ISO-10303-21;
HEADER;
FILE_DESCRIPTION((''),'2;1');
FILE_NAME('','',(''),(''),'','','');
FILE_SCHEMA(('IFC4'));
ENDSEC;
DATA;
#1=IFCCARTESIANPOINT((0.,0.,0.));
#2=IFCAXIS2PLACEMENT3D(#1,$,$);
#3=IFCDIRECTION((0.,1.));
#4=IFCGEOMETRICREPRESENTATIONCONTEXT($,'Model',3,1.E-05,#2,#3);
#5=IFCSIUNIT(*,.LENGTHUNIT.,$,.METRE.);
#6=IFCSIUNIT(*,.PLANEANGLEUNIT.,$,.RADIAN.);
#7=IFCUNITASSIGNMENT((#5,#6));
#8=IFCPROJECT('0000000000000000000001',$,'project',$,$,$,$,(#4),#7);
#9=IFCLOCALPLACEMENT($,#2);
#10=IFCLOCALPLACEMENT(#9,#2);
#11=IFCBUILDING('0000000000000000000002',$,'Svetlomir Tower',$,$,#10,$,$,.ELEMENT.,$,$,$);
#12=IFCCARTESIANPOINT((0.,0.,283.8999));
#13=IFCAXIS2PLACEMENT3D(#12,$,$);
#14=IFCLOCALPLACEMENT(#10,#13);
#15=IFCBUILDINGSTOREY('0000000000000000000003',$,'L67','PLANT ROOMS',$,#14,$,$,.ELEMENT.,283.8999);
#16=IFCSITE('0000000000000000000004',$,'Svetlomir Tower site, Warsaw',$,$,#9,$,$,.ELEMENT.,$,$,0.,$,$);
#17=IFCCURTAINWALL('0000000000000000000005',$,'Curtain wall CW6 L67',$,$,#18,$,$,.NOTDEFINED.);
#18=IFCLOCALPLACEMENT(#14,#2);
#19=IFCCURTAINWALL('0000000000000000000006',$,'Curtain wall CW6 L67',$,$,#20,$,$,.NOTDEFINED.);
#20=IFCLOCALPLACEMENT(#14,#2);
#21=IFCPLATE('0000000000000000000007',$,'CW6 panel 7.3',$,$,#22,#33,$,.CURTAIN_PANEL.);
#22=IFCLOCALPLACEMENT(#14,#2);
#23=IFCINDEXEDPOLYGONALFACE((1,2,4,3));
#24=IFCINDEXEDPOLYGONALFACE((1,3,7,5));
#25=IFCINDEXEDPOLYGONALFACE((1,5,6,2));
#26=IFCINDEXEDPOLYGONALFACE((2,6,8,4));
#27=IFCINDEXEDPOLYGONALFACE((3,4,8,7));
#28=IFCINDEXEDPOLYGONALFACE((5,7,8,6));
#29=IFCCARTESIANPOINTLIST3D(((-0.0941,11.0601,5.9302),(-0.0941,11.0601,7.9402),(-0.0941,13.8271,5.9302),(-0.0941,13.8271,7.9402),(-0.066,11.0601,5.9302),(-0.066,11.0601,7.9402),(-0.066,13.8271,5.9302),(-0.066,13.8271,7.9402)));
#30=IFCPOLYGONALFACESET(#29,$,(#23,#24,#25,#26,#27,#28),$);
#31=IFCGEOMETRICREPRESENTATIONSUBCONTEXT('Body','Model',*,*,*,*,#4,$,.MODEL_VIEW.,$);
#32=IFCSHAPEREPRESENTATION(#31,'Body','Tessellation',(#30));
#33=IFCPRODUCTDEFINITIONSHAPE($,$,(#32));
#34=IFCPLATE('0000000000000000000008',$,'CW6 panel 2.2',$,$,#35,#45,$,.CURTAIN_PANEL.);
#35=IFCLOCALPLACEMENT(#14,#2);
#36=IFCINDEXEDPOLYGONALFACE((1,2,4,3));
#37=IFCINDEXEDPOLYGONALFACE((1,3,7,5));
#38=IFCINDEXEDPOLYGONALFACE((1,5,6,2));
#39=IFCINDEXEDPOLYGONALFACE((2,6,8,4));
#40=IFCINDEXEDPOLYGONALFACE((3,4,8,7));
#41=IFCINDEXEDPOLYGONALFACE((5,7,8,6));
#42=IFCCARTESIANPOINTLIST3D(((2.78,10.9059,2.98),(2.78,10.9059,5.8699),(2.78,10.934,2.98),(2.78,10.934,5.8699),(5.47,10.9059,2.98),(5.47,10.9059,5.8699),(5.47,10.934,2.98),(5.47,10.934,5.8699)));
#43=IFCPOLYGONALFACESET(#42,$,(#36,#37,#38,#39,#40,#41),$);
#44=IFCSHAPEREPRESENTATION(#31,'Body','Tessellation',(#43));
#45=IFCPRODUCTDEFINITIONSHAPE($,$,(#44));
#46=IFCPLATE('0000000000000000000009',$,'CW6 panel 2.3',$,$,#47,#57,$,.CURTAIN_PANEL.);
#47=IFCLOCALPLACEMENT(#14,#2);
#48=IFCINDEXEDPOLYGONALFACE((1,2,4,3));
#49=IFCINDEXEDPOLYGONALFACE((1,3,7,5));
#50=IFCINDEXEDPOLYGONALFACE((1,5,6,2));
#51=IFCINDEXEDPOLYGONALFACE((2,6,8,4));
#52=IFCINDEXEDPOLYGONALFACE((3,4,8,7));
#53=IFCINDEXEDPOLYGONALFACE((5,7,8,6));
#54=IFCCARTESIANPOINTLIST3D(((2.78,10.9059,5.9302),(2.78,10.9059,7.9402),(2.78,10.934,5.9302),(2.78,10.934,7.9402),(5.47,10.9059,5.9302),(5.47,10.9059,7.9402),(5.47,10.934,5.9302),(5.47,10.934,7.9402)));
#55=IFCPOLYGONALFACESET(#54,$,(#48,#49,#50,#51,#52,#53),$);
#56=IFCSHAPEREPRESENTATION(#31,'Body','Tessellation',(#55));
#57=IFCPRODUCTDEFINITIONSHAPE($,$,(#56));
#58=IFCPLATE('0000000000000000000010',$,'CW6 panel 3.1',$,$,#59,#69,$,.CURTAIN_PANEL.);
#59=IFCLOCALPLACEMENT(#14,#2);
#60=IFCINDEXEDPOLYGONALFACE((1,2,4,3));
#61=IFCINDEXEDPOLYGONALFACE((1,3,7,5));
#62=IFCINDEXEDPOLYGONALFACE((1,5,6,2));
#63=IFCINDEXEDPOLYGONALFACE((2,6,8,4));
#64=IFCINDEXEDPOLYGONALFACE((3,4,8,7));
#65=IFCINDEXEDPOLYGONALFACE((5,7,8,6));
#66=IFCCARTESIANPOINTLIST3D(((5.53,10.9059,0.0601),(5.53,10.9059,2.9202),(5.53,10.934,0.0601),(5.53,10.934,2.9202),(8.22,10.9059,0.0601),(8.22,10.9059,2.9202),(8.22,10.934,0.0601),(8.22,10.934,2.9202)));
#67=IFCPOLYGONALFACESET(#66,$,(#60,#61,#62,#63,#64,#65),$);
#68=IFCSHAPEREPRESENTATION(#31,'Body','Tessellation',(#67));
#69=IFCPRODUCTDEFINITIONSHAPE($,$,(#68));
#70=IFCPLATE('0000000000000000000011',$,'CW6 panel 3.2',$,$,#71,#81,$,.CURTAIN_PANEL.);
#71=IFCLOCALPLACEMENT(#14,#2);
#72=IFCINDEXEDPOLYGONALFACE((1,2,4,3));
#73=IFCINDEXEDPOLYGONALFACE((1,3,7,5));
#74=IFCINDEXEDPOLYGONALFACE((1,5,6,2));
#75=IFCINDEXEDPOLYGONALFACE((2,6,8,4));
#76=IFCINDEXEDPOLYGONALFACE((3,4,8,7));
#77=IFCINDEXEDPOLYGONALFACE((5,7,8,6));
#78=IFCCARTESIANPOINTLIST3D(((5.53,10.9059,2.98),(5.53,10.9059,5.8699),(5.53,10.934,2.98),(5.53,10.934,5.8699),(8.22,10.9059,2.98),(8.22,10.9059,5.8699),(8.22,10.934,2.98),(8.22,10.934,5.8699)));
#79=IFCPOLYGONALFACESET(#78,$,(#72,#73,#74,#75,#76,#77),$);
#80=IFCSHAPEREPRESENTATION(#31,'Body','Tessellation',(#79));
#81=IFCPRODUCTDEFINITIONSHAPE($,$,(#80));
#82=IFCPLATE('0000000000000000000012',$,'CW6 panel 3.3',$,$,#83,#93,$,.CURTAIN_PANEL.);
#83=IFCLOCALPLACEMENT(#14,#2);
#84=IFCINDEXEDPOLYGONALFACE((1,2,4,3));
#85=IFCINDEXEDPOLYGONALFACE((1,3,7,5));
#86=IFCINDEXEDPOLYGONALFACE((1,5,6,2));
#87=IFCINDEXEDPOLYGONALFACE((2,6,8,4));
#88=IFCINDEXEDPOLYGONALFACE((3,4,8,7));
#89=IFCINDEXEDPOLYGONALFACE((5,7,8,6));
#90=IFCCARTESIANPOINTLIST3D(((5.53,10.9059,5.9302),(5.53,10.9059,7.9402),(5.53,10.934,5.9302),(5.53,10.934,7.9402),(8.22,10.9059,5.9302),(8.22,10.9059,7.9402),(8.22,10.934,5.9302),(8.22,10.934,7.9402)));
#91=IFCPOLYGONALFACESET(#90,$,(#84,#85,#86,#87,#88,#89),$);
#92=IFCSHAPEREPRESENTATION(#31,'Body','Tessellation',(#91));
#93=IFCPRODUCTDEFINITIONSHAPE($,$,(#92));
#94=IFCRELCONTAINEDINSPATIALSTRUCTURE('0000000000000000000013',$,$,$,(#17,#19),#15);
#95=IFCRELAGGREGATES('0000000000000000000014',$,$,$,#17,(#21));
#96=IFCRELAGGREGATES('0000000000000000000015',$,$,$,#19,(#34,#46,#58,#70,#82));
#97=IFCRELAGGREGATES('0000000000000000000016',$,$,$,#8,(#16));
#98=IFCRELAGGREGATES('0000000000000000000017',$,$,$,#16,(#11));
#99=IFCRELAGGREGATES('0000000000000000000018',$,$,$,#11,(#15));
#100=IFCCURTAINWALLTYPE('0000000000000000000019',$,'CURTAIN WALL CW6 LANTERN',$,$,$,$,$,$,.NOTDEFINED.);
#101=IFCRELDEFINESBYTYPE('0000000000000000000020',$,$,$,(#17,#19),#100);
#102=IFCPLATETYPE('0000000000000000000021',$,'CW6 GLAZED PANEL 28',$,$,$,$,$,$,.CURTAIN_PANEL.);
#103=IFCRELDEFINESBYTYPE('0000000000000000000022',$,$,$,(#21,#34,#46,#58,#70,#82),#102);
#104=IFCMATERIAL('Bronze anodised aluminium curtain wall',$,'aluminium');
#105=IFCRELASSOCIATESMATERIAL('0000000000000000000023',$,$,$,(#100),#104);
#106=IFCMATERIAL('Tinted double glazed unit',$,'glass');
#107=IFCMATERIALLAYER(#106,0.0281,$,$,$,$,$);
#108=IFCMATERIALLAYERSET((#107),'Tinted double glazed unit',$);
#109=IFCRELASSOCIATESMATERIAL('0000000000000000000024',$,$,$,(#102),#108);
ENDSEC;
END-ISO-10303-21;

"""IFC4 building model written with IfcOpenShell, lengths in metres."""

from ifc_helpers import new_model, si_unit, direction, frame, origin, origin_2d, place, context, subcontext, project, spatial, rectangle, extrude, material, layer, layer_set, type_object, element, aggregate, save


model = new_model("IFC4")

# Units and contexts
model_context = context("Model", 3, precision=1e-05, world=origin(), true_north=direction((0.0, 1.0)))
body_context = subcontext(model_context, "Body", "Model", "MODEL_VIEW")
ifc_project = project(units=[si_unit("LENGTHUNIT", "METRE"), si_unit("PLANEANGLEUNIT", "RADIAN")], contexts=[model_context])

# Site, building, storey
site_placement = place(None, origin())
site = spatial("IfcSite", under=ifc_project, at=site_placement, Name="Svetlomir Tower site, Warsaw", CompositionType="ELEMENT", RefElevation=0.0)
building_placement = place(site_placement, origin())
building = spatial("IfcBuilding", under=site, at=building_placement, Name="Svetlomir Tower", CompositionType="ELEMENT")
storey_placement = place(building_placement, frame((0.0, 0.0, 283.8999)))
storey = spatial("IfcBuildingStorey", under=building, at=storey_placement, Name="L67", Description="PLANT ROOMS", CompositionType="ELEMENT", Elevation=283.8999)

# Curtain walls
ifc_material_1 = material(Name="Bronze anodised aluminium curtain wall", Category="aluminium")
curtain_wall_type = type_object("IfcCurtainWallType", Name="CURTAIN WALL CW6 LANTERN", PredefinedType="NOTDEFINED", material=ifc_material_1)
curtain_wall_1_placement = place(storey_placement, origin())
curtain_wall_1 = element("IfcCurtainWall", 1, at=curtain_wall_1_placement, inside=storey, type_object=curtain_wall_type, Name="Curtain wall CW6 L67", PredefinedType="NOTDEFINED")
curtain_wall_2_placement = place(storey_placement, origin())
curtain_wall_2 = element("IfcCurtainWall", 2, at=curtain_wall_2_placement, inside=storey, type_object=curtain_wall_type, Name="Curtain wall CW6 L67", PredefinedType="NOTDEFINED")

# Plates
ifc_material_2 = material(Name="Tinted double glazed unit", Category="glass")
ifc_layer = layer(ifc_material_2, 0.0281)
ifc_layer_set = layer_set([ifc_layer], Name="Tinted double glazed unit")
plate_type = type_object("IfcPlateType", Name="CW6 GLAZED PANEL 28", PredefinedType="CURTAIN_PANEL", material=ifc_layer_set)
plate_1_placement = place(storey_placement, frame((-0.0801, 12.4436, 5.9302), z_axis=(0.0, 0.0, 1.0), x_axis=(0.0, -1.0, 0.0)))
plate_1 = element("IfcPlate", 3, at=plate_1_placement, type_object=plate_type, Name="CW6 panel 7.3", PredefinedType="CURTAIN_PANEL", context=body_context, shape_type="SweptSolid", body=[
    extrude(rectangle(XDim=2.7671, YDim=0.0281, at=origin_2d()), origin(), (0.0, 0.0, 1.0), 2.01),
])
aggregate(curtain_wall_1, [plate_1])
plate_2_placement = place(storey_placement, frame((4.125, 10.9199, 2.98), z_axis=(0.0, 0.0, 1.0), x_axis=(1.0, 0.0, 0.0)))
plate_2 = element("IfcPlate", 4, at=plate_2_placement, type_object=plate_type, Name="CW6 panel 2.2", PredefinedType="CURTAIN_PANEL", context=body_context, shape_type="SweptSolid", body=[
    extrude(rectangle(XDim=2.6899, YDim=0.0281, at=origin_2d()), origin(), (0.0, 0.0, 1.0), 2.8899),
])
plate_3_placement = place(storey_placement, frame((4.125, 10.9199, 5.9302), z_axis=(0.0, 0.0, 1.0), x_axis=(1.0, 0.0, 0.0)))
plate_3 = element("IfcPlate", 5, at=plate_3_placement, type_object=plate_type, Name="CW6 panel 2.3", PredefinedType="CURTAIN_PANEL", context=body_context, shape_type="SweptSolid", body=[
    extrude(rectangle(XDim=2.6899, YDim=0.0281, at=origin_2d()), origin(), (0.0, 0.0, 1.0), 2.01),
])
plate_4_placement = place(storey_placement, frame((6.875, 10.9199, 0.0601), z_axis=(0.0, 0.0, 1.0), x_axis=(1.0, 0.0, 0.0)))
plate_4 = element("IfcPlate", 6, at=plate_4_placement, type_object=plate_type, Name="CW6 panel 3.1", PredefinedType="CURTAIN_PANEL", context=body_context, shape_type="SweptSolid", body=[
    extrude(rectangle(XDim=2.6899, YDim=0.0281, at=origin_2d()), origin(), (0.0, 0.0, 1.0), 2.8601),
])
plate_5_placement = place(storey_placement, frame((6.875, 10.9199, 2.98), z_axis=(0.0, 0.0, 1.0), x_axis=(1.0, 0.0, 0.0)))
plate_5 = element("IfcPlate", 7, at=plate_5_placement, type_object=plate_type, Name="CW6 panel 3.2", PredefinedType="CURTAIN_PANEL", context=body_context, shape_type="SweptSolid", body=[
    extrude(rectangle(XDim=2.6899, YDim=0.0281, at=origin_2d()), origin(), (0.0, 0.0, 1.0), 2.8899),
])
plate_6_placement = place(storey_placement, frame((6.875, 10.9199, 5.9302), z_axis=(0.0, 0.0, 1.0), x_axis=(1.0, 0.0, 0.0)))
plate_6 = element("IfcPlate", 8, at=plate_6_placement, type_object=plate_type, Name="CW6 panel 3.3", PredefinedType="CURTAIN_PANEL", context=body_context, shape_type="SweptSolid", body=[
    extrude(rectangle(XDim=2.6899, YDim=0.0281, at=origin_2d()), origin(), (0.0, 0.0, 1.0), 2.01),
])
aggregate(curtain_wall_2, [plate_2, plate_3, plate_4, plate_5, plate_6])

save(model, "model.ifc")
